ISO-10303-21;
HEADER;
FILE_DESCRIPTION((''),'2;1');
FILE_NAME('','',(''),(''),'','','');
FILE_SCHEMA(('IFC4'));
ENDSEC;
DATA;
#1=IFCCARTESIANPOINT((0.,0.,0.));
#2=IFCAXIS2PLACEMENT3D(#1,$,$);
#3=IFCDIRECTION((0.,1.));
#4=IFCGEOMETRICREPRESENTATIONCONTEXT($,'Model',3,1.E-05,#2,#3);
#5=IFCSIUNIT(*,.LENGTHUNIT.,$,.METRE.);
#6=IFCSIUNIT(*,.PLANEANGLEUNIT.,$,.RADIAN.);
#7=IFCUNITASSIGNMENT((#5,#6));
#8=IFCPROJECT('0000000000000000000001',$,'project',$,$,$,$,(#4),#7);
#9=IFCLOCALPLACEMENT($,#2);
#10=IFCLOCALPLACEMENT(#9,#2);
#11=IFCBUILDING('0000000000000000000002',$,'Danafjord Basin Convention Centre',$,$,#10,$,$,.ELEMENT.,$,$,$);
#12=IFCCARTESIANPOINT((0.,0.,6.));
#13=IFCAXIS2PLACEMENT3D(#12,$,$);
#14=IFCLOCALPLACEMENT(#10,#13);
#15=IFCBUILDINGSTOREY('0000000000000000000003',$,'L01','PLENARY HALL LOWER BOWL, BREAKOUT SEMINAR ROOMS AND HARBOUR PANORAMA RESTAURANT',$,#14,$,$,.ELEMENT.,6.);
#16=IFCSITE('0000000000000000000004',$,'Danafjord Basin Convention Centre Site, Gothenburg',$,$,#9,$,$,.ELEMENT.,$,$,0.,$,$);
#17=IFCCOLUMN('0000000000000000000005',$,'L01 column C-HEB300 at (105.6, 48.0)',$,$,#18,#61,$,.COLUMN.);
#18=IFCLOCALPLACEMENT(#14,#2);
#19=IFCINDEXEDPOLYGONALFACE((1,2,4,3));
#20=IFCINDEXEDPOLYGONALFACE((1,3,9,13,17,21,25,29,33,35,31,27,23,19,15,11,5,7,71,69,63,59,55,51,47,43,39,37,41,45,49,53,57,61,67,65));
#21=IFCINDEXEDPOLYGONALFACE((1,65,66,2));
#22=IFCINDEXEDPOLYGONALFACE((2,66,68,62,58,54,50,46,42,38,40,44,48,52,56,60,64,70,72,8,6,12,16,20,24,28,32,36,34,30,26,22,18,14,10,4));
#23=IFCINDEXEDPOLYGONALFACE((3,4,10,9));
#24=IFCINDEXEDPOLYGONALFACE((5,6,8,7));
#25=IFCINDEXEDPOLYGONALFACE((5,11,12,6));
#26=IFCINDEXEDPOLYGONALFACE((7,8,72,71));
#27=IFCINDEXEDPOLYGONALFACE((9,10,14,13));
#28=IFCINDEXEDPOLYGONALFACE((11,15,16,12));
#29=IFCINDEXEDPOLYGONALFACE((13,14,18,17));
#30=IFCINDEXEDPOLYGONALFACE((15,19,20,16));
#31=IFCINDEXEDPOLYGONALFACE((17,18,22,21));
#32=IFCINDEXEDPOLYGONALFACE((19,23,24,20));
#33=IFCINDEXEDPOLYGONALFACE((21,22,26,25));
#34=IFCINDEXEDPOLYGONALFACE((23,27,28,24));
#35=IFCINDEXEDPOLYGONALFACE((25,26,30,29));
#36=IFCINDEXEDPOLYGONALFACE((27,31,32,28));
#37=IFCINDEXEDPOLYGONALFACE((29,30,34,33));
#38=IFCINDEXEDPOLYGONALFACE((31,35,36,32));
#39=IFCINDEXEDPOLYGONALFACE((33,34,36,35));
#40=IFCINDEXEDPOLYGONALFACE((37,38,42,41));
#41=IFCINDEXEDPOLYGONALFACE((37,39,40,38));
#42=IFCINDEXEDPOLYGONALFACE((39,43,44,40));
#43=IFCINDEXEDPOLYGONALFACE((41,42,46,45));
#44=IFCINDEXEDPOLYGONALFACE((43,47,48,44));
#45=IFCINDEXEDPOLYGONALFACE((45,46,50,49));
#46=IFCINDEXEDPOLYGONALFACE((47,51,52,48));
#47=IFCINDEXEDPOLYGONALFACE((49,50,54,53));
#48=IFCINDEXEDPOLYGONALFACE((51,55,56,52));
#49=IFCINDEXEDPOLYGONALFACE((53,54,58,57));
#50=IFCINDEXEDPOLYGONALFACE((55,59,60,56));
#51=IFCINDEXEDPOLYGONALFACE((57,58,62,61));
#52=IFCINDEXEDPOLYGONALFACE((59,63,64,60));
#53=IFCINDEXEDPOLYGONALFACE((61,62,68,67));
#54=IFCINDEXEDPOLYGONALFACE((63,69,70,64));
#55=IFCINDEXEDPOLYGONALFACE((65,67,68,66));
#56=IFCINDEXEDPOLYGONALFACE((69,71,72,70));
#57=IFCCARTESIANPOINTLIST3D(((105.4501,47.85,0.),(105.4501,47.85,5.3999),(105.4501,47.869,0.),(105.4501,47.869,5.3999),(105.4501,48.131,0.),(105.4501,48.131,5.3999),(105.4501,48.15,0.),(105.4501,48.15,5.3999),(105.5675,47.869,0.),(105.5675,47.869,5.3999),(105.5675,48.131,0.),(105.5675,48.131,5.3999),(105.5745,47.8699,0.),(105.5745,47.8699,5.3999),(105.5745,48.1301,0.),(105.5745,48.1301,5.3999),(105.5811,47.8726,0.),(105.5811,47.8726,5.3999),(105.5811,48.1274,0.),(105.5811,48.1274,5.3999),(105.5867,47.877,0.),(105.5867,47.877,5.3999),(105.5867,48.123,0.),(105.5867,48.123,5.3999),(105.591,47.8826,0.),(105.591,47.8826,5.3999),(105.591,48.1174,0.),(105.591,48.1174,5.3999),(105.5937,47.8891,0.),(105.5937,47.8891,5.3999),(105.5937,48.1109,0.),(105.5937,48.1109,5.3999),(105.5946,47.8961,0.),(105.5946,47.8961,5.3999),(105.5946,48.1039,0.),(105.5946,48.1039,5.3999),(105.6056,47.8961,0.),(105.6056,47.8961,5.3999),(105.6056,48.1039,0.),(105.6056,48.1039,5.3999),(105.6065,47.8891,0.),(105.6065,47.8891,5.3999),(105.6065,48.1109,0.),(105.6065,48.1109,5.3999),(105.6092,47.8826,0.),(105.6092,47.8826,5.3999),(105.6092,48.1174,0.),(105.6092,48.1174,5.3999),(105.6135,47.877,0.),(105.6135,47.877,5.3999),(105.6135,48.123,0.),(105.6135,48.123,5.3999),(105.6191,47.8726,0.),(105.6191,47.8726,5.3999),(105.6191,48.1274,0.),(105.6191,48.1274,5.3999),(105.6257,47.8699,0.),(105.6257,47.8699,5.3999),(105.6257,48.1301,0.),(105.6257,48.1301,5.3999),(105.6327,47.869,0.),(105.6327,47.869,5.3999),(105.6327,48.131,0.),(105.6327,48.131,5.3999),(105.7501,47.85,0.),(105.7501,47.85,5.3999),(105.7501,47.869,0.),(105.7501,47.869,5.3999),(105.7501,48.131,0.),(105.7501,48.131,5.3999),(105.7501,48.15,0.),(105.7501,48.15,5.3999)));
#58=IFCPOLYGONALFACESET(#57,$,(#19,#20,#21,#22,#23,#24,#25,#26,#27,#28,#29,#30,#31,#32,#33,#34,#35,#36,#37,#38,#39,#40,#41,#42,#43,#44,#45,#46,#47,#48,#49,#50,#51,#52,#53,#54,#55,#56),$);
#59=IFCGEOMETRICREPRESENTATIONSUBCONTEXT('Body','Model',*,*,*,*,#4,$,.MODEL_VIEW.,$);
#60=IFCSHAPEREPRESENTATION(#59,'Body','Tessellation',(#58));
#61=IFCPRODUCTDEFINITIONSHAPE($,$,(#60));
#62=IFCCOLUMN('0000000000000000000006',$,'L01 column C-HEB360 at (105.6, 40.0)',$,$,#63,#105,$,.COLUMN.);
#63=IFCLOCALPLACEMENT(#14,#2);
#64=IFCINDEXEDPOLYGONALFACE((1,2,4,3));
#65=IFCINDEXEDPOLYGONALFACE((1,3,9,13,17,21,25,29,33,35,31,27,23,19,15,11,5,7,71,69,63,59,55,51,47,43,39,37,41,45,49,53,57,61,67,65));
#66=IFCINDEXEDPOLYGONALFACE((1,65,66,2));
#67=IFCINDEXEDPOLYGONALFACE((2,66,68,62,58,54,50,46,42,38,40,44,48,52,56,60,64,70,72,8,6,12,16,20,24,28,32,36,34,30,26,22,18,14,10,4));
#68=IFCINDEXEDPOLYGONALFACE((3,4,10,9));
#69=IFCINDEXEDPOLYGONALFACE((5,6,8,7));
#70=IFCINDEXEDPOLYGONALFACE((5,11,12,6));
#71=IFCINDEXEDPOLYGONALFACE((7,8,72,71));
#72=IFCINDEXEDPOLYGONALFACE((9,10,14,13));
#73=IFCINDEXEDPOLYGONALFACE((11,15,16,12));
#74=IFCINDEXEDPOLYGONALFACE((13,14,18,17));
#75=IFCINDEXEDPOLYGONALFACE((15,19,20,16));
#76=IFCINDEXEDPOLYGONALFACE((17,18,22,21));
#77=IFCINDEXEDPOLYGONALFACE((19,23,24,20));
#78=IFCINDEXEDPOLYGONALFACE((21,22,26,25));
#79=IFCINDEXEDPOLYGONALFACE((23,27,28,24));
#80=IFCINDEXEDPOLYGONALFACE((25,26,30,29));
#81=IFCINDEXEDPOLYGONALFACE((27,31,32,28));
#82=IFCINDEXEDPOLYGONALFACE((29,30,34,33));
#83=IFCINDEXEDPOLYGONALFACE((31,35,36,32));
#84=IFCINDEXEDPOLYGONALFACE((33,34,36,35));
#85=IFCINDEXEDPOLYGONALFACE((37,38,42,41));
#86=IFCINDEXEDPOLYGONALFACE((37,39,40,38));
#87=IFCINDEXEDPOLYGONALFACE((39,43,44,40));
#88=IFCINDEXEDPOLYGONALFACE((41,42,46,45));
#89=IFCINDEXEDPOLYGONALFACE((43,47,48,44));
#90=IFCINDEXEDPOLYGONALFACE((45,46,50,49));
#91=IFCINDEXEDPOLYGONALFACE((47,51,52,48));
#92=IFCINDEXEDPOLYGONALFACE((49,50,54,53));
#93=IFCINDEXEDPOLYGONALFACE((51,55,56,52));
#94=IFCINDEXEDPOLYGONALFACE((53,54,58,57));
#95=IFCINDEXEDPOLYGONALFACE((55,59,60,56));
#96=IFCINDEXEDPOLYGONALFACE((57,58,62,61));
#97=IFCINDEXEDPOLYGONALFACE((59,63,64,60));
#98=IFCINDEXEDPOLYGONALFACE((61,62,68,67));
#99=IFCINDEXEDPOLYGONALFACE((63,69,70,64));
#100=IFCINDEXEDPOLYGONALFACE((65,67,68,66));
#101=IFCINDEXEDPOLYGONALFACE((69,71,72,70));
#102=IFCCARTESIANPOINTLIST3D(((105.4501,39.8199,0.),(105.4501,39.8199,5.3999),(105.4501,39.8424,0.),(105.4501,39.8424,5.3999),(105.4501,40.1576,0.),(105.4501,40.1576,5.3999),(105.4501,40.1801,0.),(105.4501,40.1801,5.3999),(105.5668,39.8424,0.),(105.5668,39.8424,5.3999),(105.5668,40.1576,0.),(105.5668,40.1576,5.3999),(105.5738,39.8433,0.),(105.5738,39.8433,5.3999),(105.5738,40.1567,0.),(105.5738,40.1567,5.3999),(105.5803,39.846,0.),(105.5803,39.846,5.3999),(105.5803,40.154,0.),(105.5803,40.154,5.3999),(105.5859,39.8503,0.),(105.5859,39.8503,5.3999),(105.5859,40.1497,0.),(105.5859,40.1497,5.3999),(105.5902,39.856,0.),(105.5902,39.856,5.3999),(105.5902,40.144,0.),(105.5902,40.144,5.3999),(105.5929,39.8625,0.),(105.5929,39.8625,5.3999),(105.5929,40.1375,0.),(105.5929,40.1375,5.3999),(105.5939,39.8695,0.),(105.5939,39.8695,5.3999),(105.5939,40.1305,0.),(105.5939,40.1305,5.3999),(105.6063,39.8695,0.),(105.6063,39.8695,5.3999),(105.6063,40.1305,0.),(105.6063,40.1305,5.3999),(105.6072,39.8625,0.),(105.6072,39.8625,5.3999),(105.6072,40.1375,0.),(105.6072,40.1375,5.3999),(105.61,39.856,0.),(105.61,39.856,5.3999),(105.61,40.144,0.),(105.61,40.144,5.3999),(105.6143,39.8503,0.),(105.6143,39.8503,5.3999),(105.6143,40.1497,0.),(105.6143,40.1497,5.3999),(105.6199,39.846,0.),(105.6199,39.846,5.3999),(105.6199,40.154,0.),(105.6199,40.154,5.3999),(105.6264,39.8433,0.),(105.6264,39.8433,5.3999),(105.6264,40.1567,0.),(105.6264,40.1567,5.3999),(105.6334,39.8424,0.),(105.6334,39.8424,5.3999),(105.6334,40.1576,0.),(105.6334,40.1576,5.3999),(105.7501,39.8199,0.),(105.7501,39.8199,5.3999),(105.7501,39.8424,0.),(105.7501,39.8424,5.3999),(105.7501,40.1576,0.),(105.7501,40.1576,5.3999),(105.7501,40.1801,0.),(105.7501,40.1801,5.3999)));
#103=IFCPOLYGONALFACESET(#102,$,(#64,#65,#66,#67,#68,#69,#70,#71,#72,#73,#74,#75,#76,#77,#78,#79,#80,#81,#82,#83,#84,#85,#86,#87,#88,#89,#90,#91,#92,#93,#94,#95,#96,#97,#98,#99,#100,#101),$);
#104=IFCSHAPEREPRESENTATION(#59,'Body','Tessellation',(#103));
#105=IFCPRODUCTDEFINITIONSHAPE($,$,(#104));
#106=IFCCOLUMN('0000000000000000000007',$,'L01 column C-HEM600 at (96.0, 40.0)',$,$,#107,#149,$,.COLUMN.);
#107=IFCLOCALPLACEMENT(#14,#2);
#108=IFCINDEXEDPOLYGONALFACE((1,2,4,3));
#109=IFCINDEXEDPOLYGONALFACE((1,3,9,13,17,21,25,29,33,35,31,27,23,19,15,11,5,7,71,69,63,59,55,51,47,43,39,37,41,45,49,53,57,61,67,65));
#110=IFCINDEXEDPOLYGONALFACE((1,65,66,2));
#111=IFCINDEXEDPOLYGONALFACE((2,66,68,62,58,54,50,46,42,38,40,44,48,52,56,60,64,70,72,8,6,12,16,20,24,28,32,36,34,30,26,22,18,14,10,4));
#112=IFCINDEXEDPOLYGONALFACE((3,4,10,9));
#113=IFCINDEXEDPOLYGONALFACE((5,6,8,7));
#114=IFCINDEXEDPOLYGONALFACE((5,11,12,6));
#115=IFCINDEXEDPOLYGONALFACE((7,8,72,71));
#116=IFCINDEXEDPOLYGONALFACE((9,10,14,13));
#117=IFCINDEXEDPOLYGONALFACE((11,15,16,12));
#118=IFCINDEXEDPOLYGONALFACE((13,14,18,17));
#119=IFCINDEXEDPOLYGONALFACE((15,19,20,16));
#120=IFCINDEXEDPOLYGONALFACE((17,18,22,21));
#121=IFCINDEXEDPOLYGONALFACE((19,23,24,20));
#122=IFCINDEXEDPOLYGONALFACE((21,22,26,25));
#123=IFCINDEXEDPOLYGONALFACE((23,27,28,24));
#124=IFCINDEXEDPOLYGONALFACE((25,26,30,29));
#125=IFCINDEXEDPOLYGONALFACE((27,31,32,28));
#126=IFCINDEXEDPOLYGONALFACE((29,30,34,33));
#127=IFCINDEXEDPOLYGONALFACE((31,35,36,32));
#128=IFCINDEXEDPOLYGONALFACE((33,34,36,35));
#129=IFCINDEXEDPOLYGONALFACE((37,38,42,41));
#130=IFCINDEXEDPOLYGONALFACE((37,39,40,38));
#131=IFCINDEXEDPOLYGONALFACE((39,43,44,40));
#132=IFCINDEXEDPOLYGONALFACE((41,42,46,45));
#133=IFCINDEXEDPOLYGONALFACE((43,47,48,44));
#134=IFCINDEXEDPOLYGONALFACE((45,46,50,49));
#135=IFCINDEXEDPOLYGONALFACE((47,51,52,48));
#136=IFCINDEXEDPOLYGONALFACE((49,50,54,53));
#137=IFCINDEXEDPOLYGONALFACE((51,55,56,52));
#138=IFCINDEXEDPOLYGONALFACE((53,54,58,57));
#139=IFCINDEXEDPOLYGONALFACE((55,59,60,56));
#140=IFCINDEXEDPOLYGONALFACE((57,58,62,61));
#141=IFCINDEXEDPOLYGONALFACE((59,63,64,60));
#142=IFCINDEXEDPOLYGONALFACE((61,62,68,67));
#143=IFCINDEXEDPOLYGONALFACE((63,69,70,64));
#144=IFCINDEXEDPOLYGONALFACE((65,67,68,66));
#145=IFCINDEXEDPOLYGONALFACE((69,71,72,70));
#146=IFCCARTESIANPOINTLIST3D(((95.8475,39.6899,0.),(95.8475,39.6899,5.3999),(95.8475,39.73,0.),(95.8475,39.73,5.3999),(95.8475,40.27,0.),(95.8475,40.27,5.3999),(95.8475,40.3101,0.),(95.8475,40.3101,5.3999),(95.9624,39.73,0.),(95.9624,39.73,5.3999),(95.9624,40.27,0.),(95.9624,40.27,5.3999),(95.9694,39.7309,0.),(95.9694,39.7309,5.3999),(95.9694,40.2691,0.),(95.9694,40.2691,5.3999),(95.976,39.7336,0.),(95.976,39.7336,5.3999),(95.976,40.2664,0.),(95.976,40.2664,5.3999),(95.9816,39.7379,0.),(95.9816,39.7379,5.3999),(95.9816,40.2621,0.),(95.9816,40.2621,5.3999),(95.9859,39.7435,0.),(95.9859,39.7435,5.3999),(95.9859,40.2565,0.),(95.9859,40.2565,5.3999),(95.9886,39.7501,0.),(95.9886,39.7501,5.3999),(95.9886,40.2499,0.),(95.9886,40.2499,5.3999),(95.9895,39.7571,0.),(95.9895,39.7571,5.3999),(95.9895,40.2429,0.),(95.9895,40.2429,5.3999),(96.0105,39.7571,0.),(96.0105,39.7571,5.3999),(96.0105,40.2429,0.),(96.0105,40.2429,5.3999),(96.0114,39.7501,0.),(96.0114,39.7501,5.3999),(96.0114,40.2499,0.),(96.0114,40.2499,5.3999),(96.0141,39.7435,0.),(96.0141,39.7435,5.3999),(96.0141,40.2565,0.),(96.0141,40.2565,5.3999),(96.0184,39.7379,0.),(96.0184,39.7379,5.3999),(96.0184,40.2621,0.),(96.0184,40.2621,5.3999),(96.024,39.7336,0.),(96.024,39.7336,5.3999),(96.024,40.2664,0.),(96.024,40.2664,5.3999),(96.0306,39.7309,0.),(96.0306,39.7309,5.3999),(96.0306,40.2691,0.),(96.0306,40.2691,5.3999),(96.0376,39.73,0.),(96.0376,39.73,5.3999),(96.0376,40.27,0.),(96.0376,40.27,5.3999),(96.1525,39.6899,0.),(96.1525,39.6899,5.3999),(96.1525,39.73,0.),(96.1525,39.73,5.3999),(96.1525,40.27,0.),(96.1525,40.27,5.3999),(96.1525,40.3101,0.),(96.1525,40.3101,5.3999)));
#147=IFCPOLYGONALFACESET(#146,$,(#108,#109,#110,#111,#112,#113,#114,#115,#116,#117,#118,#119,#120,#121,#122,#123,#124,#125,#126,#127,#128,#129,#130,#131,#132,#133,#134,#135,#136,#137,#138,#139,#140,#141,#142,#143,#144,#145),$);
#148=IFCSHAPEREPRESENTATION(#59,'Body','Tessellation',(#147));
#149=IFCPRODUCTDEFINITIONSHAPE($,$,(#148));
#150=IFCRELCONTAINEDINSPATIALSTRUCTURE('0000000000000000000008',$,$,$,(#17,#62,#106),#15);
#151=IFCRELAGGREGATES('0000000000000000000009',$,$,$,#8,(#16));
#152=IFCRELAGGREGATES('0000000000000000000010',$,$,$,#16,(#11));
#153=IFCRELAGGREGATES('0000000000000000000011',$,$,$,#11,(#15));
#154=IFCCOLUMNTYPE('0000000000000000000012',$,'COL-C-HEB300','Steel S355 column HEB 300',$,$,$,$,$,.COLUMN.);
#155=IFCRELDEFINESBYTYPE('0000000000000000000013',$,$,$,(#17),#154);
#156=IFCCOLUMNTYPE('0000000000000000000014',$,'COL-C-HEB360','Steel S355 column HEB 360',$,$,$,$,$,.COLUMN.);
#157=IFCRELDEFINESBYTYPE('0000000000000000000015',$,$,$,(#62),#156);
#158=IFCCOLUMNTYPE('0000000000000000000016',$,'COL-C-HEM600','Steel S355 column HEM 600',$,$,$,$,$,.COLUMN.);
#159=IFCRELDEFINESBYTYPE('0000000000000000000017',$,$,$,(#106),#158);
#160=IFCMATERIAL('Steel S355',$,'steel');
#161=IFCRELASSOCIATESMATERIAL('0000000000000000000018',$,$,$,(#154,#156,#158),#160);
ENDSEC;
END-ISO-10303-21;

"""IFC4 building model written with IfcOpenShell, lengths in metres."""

from ifc_helpers import new_model, si_unit, direction, frame, origin, origin_2d, place, context, subcontext, project, spatial, i_section, extrude, material, material_profile, profile_set, type_object, element, save


model = new_model("IFC4")

# Units and contexts
model_context = context("Model", 3, precision=1e-05, world=origin(), true_north=direction((0.0, 1.0)))
body_context = subcontext(model_context, "Body", "Model", "MODEL_VIEW")
ifc_project = project(units=[si_unit("LENGTHUNIT", "METRE"), si_unit("PLANEANGLEUNIT", "RADIAN")], contexts=[model_context])

# Site, building, storey
site_placement = place(None, origin())
site = spatial("IfcSite", under=ifc_project, at=site_placement, Name="Danafjord Basin Convention Centre Site, Gothenburg", CompositionType="ELEMENT", RefElevation=0.0)
building_placement = place(site_placement, origin())
building = spatial("IfcBuilding", under=site, at=building_placement, Name="Danafjord Basin Convention Centre", CompositionType="ELEMENT")
storey_placement = place(building_placement, frame((0.0, 0.0, 6.0)))
storey = spatial("IfcBuildingStorey", under=building, at=storey_placement, Name="L01", Description="PLENARY HALL LOWER BOWL, BREAKOUT SEMINAR ROOMS AND HARBOUR PANORAMA RESTAURANT", CompositionType="ELEMENT", Elevation=6.0)

# Columns
ifc_material_1 = material(Name="Steel S355", Category="steel")
ifc_material_profile_1 = material_profile(ifc_material_1, i_section(OverallWidth=0.3, OverallDepth=0.3, WebThickness=0.011, FlangeThickness=0.019, FilletRadius=0.0271, at=origin_2d()), Name="HEB 300")
ifc_profile_set_1 = profile_set([ifc_material_profile_1], Name="Steel S355")
column_type_1 = type_object("IfcColumnType", Name="COL-C-HEB300", Description="Steel S355 column HEB 300", PredefinedType="COLUMN", material=ifc_profile_set_1)
column_1_placement = place(storey_placement, frame((105.6001, 48.0, 0.0), z_axis=(0.0, 0.0, 1.0), x_axis=(1.0, 0.0, 0.0)))
element("IfcColumn", 1, at=column_1_placement, inside=storey, type_object=column_type_1, Name="L01 column C-HEB300 at (105.6, 48.0)", PredefinedType="COLUMN", context=body_context, shape_type="SweptSolid", body=[
    extrude(i_section(OverallWidth=0.3, OverallDepth=0.3, WebThickness=0.011, FlangeThickness=0.019, FilletRadius=0.0271, at=origin_2d()), origin(), (0.0, 0.0, 1.0), 5.3999),
])
ifc_material_profile_2 = material_profile(ifc_material_1, i_section(OverallWidth=0.3, OverallDepth=0.3601, WebThickness=0.0125, FlangeThickness=0.0225, FilletRadius=0.0271, at=origin_2d()), Name="HEB 360")
ifc_profile_set_2 = profile_set([ifc_material_profile_2], Name="Steel S355")
column_type_2 = type_object("IfcColumnType", Name="COL-C-HEB360", Description="Steel S355 column HEB 360", PredefinedType="COLUMN", material=ifc_profile_set_2)
column_2_placement = place(storey_placement, frame((105.6001, 40.0, 0.0), z_axis=(0.0, 0.0, 1.0), x_axis=(1.0, 0.0, 0.0)))
element("IfcColumn", 2, at=column_2_placement, inside=storey, type_object=column_type_2, Name="L01 column C-HEB360 at (105.6, 40.0)", PredefinedType="COLUMN", context=body_context, shape_type="SweptSolid", body=[
    extrude(i_section(OverallWidth=0.3, OverallDepth=0.3601, WebThickness=0.0125, FlangeThickness=0.0225, FilletRadius=0.0271, at=origin_2d()), origin(), (0.0, 0.0, 1.0), 5.3999),
])
ifc_material_profile_3 = material_profile(ifc_material_1, i_section(OverallWidth=0.3049, OverallDepth=0.6201, WebThickness=0.021, FlangeThickness=0.04, FilletRadius=0.0271, at=origin_2d()), Name="HEM 600")
ifc_profile_set_3 = profile_set([ifc_material_profile_3], Name="Steel S355")
column_type_3 = type_object("IfcColumnType", Name="COL-C-HEM600", Description="Steel S355 column HEM 600", PredefinedType="COLUMN", material=ifc_profile_set_3)
column_3_placement = place(storey_placement, frame((96.0, 40.0, 0.0), z_axis=(0.0, 0.0, 1.0), x_axis=(1.0, 0.0, 0.0)))
element("IfcColumn", 3, at=column_3_placement, inside=storey, type_object=column_type_3, Name="L01 column C-HEM600 at (96.0, 40.0)", PredefinedType="COLUMN", context=body_context, shape_type="SweptSolid", body=[
    extrude(i_section(OverallWidth=0.3049, OverallDepth=0.6201, WebThickness=0.021, FlangeThickness=0.04, FilletRadius=0.0271, at=origin_2d()), origin(), (0.0, 0.0, 1.0), 5.3999),
])

save(model, "model.ifc")
